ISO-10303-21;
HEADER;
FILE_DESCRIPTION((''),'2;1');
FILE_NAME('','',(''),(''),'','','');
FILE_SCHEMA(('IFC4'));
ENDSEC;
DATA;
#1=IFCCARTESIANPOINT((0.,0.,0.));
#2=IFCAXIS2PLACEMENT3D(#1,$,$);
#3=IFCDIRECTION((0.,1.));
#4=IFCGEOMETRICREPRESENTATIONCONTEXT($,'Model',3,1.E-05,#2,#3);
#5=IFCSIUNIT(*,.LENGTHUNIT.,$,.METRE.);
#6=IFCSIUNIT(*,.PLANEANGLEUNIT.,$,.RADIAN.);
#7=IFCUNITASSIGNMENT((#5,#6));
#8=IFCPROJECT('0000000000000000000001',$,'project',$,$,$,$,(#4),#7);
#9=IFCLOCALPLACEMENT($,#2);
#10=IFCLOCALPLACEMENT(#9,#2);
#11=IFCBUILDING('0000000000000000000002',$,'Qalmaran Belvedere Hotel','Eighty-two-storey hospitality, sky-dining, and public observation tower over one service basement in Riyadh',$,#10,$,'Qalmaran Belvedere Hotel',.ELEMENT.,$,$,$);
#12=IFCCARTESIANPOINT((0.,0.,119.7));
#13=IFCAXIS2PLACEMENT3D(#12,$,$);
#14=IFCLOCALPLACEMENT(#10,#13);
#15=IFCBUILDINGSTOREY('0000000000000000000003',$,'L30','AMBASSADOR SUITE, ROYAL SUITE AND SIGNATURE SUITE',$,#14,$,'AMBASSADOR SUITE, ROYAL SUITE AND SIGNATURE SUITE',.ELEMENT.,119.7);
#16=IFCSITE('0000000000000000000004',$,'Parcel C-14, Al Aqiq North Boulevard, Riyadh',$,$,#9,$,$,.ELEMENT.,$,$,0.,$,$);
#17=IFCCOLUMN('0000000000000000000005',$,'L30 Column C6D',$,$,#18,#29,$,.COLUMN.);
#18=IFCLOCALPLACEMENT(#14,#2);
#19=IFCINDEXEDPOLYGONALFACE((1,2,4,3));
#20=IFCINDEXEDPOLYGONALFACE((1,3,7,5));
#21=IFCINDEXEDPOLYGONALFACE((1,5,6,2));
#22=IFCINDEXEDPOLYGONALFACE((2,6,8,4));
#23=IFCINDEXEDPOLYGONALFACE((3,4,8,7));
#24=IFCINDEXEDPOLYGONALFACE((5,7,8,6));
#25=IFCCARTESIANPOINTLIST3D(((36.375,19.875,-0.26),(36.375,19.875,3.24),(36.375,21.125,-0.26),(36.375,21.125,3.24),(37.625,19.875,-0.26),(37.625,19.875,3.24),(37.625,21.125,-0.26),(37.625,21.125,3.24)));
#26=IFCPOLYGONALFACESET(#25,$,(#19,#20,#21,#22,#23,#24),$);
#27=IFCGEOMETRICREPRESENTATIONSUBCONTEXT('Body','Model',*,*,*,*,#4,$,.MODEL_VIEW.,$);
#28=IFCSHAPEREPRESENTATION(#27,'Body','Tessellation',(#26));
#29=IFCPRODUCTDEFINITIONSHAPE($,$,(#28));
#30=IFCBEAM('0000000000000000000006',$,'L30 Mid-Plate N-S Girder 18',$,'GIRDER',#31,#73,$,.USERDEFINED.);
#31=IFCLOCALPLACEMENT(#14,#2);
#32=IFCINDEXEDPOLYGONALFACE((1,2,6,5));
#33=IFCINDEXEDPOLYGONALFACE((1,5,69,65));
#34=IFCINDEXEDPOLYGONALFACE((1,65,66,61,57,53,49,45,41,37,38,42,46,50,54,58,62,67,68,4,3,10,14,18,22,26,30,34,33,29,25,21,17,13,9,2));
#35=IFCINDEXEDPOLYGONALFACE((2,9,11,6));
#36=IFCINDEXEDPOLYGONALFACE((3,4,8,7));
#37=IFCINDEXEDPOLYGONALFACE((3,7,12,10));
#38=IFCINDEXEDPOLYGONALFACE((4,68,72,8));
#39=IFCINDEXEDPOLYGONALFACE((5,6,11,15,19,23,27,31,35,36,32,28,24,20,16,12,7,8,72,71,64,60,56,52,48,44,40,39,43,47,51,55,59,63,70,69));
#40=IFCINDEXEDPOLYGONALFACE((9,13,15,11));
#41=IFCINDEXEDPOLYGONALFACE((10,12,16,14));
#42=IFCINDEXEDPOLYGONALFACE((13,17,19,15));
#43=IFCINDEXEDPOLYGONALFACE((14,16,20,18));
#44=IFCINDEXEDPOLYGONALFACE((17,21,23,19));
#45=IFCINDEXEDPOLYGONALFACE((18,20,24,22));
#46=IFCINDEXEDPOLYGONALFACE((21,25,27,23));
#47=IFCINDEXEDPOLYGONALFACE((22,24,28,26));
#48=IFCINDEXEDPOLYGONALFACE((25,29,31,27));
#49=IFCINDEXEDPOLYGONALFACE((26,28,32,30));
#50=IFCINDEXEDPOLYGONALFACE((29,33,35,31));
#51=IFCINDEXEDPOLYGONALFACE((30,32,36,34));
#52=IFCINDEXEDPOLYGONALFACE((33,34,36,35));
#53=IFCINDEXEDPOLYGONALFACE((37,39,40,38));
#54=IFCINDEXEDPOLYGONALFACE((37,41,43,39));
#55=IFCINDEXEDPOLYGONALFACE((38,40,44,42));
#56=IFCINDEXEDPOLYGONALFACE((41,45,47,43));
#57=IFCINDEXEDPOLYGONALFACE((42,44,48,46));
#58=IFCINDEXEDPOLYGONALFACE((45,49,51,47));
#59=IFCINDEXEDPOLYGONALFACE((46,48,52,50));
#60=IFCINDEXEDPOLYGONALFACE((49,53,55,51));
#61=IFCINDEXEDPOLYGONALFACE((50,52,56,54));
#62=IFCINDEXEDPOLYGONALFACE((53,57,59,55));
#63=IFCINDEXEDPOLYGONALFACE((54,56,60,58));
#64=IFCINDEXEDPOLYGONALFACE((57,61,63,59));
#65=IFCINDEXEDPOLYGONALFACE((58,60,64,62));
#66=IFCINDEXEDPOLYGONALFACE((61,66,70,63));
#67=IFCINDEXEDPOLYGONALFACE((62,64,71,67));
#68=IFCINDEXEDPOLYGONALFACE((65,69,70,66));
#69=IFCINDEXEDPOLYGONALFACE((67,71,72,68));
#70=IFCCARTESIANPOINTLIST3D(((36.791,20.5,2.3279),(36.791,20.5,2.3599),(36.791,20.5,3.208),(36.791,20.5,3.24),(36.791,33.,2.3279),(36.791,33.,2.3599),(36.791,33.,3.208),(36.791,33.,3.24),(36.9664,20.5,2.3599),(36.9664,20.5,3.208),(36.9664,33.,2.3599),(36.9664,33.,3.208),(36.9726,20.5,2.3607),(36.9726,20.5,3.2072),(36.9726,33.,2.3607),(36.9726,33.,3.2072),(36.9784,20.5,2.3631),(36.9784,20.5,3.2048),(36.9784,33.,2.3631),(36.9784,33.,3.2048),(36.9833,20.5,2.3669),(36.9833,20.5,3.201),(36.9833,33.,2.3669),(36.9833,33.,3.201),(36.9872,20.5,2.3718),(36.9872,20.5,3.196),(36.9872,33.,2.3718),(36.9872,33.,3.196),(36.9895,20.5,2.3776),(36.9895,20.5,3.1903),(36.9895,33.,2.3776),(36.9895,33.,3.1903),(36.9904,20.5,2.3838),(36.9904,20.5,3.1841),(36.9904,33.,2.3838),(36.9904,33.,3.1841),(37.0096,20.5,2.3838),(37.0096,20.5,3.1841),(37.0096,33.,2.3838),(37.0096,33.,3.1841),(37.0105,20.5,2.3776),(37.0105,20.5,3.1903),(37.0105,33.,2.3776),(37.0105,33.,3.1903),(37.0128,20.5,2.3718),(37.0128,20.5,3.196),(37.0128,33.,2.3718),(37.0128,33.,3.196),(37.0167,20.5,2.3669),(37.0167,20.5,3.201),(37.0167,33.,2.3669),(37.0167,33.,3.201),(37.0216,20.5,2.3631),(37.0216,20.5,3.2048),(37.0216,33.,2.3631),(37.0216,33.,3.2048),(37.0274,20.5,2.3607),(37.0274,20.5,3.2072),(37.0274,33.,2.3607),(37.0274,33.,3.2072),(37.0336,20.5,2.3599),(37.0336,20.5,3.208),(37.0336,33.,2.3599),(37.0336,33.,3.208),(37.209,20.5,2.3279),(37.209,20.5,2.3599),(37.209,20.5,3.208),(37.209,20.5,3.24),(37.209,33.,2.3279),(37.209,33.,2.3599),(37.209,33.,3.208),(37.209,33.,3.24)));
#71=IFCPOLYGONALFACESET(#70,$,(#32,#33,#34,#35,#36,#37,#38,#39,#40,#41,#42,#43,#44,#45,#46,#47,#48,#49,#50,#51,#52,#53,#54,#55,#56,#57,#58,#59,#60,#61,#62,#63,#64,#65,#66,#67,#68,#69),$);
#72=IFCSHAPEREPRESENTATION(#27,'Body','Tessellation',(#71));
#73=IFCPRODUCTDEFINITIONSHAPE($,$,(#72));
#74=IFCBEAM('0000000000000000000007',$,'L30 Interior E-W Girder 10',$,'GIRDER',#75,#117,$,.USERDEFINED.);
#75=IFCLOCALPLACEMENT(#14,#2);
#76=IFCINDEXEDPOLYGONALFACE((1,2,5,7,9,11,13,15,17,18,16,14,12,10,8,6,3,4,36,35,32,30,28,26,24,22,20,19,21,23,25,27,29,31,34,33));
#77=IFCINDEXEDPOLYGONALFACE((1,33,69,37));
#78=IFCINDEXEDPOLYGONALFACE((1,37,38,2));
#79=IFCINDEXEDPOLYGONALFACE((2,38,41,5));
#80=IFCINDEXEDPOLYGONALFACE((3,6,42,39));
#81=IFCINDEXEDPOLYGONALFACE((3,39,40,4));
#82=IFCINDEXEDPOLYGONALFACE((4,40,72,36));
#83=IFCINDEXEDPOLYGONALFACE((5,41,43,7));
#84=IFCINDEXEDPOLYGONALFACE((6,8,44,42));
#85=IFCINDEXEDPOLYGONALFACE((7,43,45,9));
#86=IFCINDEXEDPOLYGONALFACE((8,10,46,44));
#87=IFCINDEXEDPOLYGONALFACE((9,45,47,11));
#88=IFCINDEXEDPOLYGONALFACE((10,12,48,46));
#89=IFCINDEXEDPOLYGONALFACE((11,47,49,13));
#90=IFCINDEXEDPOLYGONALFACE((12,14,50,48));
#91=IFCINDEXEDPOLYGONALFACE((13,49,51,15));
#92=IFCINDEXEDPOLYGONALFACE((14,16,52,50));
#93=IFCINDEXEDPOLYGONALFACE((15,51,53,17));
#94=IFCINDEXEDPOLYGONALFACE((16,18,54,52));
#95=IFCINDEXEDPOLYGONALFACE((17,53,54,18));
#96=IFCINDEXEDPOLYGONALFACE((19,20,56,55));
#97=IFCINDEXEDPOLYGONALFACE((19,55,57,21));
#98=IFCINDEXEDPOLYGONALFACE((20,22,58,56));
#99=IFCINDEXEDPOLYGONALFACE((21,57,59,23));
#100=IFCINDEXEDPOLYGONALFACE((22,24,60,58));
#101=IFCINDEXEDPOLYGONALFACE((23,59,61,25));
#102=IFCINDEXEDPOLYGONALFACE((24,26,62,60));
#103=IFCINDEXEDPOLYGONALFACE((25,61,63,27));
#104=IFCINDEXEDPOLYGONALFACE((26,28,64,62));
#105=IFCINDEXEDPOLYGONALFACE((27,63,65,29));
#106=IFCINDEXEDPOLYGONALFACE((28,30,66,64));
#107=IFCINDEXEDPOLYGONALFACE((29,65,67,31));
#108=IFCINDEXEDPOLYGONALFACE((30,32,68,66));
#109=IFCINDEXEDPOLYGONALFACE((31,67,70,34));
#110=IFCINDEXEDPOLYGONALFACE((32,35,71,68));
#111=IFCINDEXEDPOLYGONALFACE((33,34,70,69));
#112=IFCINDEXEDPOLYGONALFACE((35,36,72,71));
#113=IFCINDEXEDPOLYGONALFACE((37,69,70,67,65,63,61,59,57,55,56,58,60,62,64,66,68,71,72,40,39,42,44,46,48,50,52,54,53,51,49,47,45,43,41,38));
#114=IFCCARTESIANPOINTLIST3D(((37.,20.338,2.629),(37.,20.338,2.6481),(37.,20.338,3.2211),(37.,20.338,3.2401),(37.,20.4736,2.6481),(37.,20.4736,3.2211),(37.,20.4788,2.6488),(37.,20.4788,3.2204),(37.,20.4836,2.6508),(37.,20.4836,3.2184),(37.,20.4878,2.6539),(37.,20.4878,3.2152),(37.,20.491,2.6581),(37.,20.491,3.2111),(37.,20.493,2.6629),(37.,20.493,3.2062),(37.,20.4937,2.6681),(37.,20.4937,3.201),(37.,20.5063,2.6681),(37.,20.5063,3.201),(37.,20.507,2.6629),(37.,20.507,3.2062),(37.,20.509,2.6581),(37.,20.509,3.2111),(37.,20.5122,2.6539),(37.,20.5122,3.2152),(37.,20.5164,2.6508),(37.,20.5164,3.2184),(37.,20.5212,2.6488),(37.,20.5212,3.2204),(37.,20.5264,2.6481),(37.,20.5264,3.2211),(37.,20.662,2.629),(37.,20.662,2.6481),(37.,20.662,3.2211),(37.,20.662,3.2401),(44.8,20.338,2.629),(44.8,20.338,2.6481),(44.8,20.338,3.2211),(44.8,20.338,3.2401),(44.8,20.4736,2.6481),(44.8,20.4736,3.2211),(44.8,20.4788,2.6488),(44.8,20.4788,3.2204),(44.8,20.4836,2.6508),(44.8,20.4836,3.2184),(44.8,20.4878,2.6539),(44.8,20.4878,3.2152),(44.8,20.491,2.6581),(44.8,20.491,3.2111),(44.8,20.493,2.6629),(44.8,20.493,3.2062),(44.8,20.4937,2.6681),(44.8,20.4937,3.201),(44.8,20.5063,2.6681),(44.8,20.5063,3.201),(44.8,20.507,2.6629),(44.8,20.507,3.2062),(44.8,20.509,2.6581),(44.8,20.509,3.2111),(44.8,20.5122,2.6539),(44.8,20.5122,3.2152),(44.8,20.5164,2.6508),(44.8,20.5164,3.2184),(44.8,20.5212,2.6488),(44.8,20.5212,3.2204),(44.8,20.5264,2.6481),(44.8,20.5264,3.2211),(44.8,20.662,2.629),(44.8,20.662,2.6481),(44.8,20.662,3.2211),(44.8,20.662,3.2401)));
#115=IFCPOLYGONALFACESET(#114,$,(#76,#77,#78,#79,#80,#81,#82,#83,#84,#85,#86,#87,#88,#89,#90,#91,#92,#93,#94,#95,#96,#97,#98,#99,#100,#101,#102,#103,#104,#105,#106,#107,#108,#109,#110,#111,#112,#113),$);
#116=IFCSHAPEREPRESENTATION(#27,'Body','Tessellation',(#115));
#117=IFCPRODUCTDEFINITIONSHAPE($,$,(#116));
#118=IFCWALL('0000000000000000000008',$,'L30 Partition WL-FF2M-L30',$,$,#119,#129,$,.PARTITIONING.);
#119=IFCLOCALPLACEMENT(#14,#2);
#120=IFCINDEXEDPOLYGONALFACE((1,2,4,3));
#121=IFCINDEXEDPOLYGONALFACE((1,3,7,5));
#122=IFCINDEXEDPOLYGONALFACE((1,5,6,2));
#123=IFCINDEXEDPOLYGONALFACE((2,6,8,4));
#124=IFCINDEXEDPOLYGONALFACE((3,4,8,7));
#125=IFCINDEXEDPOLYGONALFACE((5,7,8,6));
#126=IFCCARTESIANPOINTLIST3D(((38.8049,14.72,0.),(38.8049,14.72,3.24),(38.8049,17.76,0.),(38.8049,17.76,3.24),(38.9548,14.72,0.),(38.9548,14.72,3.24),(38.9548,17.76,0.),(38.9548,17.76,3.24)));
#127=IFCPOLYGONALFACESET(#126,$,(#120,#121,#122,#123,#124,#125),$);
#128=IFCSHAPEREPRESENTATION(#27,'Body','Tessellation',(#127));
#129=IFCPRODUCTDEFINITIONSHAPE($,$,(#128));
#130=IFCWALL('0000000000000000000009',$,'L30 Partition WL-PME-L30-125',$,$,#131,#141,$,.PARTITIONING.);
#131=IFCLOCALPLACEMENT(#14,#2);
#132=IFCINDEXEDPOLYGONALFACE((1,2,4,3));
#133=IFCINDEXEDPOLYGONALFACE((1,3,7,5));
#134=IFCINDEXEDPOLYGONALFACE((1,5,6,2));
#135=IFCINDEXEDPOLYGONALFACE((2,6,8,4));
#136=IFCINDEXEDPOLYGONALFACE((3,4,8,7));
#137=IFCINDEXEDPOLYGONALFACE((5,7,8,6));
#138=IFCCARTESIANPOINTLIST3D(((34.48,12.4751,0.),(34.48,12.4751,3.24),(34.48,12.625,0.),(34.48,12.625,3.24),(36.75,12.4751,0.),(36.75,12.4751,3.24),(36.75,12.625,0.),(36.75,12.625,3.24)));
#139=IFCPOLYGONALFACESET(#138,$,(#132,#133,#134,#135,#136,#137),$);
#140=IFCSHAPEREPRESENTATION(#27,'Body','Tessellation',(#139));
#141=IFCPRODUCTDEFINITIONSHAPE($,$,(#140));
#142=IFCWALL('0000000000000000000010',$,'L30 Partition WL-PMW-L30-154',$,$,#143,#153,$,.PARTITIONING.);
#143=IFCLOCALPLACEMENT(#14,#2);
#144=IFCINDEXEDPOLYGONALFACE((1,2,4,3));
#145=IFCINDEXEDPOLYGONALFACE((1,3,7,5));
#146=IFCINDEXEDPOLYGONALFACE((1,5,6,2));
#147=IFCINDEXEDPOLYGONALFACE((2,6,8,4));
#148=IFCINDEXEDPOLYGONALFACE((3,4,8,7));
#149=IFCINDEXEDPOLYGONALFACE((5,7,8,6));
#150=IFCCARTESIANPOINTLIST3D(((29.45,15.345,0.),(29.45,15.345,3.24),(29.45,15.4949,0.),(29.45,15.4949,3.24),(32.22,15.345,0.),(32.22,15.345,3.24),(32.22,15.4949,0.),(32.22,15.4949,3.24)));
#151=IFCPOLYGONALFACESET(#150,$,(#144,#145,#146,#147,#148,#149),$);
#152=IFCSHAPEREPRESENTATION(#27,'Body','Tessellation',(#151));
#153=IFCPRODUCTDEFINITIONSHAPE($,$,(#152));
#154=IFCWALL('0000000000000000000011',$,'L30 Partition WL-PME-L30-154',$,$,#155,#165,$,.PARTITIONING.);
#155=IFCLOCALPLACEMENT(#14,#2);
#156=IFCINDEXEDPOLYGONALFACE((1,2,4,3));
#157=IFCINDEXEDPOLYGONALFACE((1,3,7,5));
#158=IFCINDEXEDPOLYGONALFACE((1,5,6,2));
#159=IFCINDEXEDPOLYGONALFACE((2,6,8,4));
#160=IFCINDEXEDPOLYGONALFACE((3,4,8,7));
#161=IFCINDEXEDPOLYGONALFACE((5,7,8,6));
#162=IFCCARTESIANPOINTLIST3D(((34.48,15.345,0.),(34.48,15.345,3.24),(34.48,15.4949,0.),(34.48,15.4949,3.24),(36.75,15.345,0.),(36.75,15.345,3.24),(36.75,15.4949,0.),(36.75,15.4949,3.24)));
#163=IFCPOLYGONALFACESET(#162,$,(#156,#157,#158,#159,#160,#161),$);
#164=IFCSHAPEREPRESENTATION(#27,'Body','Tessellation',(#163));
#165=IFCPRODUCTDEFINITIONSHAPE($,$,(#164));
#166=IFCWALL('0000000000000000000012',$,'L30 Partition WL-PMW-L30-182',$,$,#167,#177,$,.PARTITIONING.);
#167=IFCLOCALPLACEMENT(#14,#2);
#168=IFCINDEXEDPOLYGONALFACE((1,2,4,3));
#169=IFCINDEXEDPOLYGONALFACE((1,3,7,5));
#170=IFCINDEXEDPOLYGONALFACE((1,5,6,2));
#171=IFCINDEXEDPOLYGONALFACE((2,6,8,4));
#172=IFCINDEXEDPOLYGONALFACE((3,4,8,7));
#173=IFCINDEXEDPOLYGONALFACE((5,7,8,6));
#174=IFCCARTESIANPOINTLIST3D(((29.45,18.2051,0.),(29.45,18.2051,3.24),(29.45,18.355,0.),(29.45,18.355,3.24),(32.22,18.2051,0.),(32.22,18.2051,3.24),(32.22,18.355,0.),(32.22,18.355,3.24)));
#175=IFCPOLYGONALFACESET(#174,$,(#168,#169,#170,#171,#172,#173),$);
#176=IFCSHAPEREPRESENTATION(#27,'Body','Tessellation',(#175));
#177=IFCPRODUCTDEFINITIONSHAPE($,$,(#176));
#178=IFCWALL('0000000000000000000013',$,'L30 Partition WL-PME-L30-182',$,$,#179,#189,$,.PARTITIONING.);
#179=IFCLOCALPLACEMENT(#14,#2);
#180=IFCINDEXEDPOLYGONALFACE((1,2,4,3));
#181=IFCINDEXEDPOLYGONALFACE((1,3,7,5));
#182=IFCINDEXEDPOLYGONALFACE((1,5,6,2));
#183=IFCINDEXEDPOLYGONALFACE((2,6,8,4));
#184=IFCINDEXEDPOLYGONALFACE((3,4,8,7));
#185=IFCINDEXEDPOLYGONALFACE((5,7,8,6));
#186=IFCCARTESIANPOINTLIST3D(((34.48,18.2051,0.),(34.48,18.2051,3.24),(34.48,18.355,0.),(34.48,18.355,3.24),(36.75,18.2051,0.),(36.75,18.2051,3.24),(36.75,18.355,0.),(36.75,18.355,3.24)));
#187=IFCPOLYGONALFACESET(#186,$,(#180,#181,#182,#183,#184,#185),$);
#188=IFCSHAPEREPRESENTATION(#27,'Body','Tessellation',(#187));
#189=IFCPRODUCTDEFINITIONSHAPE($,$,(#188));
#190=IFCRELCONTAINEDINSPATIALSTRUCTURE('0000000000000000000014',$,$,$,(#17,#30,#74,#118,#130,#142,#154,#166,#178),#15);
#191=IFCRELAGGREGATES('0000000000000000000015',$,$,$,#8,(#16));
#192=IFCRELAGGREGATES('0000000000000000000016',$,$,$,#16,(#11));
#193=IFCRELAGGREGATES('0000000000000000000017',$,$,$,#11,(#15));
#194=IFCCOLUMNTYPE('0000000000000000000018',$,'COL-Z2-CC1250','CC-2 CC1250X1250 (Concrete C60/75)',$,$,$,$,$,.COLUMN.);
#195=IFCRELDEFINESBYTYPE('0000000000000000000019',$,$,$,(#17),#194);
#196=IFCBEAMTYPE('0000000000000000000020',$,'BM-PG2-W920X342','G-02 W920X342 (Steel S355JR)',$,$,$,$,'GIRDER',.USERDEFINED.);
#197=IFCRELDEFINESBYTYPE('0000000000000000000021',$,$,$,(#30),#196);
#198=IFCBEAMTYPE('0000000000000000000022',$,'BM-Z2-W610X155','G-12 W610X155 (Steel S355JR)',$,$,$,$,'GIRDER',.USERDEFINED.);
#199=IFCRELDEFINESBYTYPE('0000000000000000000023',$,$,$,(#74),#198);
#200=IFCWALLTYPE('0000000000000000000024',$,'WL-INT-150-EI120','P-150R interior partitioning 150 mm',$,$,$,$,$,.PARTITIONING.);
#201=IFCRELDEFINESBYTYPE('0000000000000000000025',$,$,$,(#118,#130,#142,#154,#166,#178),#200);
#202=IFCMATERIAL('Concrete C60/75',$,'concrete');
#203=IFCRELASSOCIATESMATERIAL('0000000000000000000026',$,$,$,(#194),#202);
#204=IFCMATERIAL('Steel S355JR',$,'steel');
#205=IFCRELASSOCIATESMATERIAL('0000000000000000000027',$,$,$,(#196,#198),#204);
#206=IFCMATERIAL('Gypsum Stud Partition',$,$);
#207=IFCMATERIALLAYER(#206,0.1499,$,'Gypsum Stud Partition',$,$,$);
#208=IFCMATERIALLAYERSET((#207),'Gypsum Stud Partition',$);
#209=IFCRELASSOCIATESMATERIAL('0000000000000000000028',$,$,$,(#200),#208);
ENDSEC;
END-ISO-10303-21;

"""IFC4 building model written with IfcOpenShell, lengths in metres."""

from ifc_helpers import new_model, si_unit, direction, frame, frame_2d, origin, origin_2d, place, context, subcontext, project, spatial, rectangle, i_section, extrude, material, layer, layer_set, material_profile, profile_set, type_object, element, save


model = new_model("IFC4")

# Units and contexts
model_context = context("Model", 3, precision=1e-05, world=origin(), true_north=direction((0.0, 1.0)))
body_context = subcontext(model_context, "Body", "Model", "MODEL_VIEW")
ifc_project = project(units=[si_unit("LENGTHUNIT", "METRE"), si_unit("PLANEANGLEUNIT", "RADIAN")], contexts=[model_context])

# Site, building, storey
site_placement = place(None, origin())
site = spatial("IfcSite", under=ifc_project, at=site_placement, Name="Parcel C-14, Al Aqiq North Boulevard, Riyadh", CompositionType="ELEMENT", RefElevation=0.0)
building_placement = place(site_placement, origin())
building = spatial("IfcBuilding", under=site, at=building_placement, Name="Qalmaran Belvedere Hotel", Description="Eighty-two-storey hospitality, sky-dining, and public observation tower over one service basement in Riyadh", LongName="Qalmaran Belvedere Hotel", CompositionType="ELEMENT")
storey_placement = place(building_placement, frame((0.0, 0.0, 119.7)))
storey = spatial("IfcBuildingStorey", under=building, at=storey_placement, Name="L30", Description="AMBASSADOR SUITE, ROYAL SUITE AND SIGNATURE SUITE", LongName="AMBASSADOR SUITE, ROYAL SUITE AND SIGNATURE SUITE", CompositionType="ELEMENT", Elevation=119.7)

# Column
ifc_material_1 = material(Name="Concrete C60/75", Category="concrete")
ifc_material_profile_1 = material_profile(ifc_material_1, rectangle(XDim=1.25, YDim=1.25, at=origin_2d()), Name="CC1250X1250")
ifc_profile_set_1 = profile_set([ifc_material_profile_1], Name="Concrete C60/75")
column_type = type_object("IfcColumnType", Name="COL-Z2-CC1250", Description="CC-2 CC1250X1250 (Concrete C60/75)", PredefinedType="COLUMN", material=ifc_profile_set_1)
column_placement = place(storey_placement, frame((37.0, 20.5, -0.26), z_axis=(0.0, 0.0, 1.0), x_axis=(1.0, 0.0, 0.0)))
element("IfcColumn", 1, at=column_placement, inside=storey, type_object=column_type, Name="L30 Column C6D", PredefinedType="COLUMN", context=body_context, shape_type="SweptSolid", body=[
    extrude(rectangle(XDim=1.25, YDim=1.25, at=origin_2d()), origin(), (0.0, 0.0, 1.0), 3.5),
])

# Beams
ifc_material_2 = material(Name="Steel S355JR", Category="steel")
ifc_material_profile_2 = material_profile(ifc_material_2, i_section(OverallWidth=0.418, OverallDepth=0.9121, WebThickness=0.0193, FlangeThickness=0.032, FilletRadius=0.0239, at=origin_2d()), Name="W920X342")
ifc_profile_set_2 = profile_set([ifc_material_profile_2], Name="Steel S355JR")
beam_type_1 = type_object("IfcBeamType", Name="BM-PG2-W920X342", Description="G-02 W920X342 (Steel S355JR)", ElementType="GIRDER", PredefinedType="USERDEFINED", material=ifc_profile_set_2)
beam_1_placement = place(storey_placement, frame((37.0, 20.5, 2.7839), z_axis=(0.0, 1.0, 0.0), x_axis=(-1.0, 0.0, 0.0)))
element("IfcBeam", 2, at=beam_1_placement, inside=storey, type_object=beam_type_1, Name="L30 Mid-Plate N-S Girder 18", ObjectType="GIRDER", PredefinedType="USERDEFINED", context=body_context, shape_type="SweptSolid", body=[
    extrude(i_section(OverallWidth=0.418, OverallDepth=0.9121, WebThickness=0.0193, FlangeThickness=0.032, FilletRadius=0.0239, at=origin_2d()), origin(), (0.0, 0.0, 1.0), 12.5),
])
ifc_material_profile_3 = material_profile(ifc_material_2, i_section(OverallWidth=0.324, OverallDepth=0.6111, WebThickness=0.0127, FlangeThickness=0.019, FilletRadius=0.02, at=origin_2d()), Name="W610X155")
ifc_profile_set_3 = profile_set([ifc_material_profile_3], Name="Steel S355JR")
beam_type_2 = type_object("IfcBeamType", Name="BM-Z2-W610X155", Description="G-12 W610X155 (Steel S355JR)", ElementType="GIRDER", PredefinedType="USERDEFINED", material=ifc_profile_set_3)
beam_2_placement = place(storey_placement, frame((37.0, 20.5, 2.9346), z_axis=(1.0, 0.0, 0.0), x_axis=(0.0, 1.0, 0.0)))
element("IfcBeam", 3, at=beam_2_placement, inside=storey, type_object=beam_type_2, Name="L30 Interior E-W Girder 10", ObjectType="GIRDER", PredefinedType="USERDEFINED", context=body_context, shape_type="SweptSolid", body=[
    extrude(i_section(OverallWidth=0.324, OverallDepth=0.6111, WebThickness=0.0127, FlangeThickness=0.019, FilletRadius=0.02, at=origin_2d()), origin(), (0.0, 0.0, 1.0), 7.8),
])

# Walls
ifc_material_3 = material(Name="Gypsum Stud Partition")
ifc_layer_1 = layer(ifc_material_3, 0.1499, Name="Gypsum Stud Partition")
ifc_layer_set_1 = layer_set([ifc_layer_1], Name="Gypsum Stud Partition")
wall_type_1 = type_object("IfcWallType", Name="WL-INT-150-EI120", Description="P-150R interior partitioning 150 mm", PredefinedType="PARTITIONING", material=ifc_layer_set_1)
wall_1_placement = place(storey_placement, frame((38.8799, 14.72, 0.0), z_axis=(0.0, 0.0, 1.0), x_axis=(0.0, 1.0, 0.0)))
element("IfcWall", 4, at=wall_1_placement, inside=storey, type_object=wall_type_1, Name="L30 Partition WL-FF2M-L30", PredefinedType="PARTITIONING", context=body_context, shape_type="SweptSolid", body=[
    extrude(rectangle(XDim=3.04, YDim=0.1499, at=frame_2d((1.52, 0.0))), origin(), (0.0, 0.0, 1.0), 3.24),
])
wall_2_placement = place(storey_placement, frame((34.48, 12.55, 0.0), z_axis=(0.0, 0.0, 1.0), x_axis=(1.0, 0.0, 0.0)))
element("IfcWall", 5, at=wall_2_placement, inside=storey, type_object=wall_type_1, Name="L30 Partition WL-PME-L30-125", PredefinedType="PARTITIONING", context=body_context, shape_type="SweptSolid", body=[
    extrude(rectangle(XDim=2.27, YDim=0.1499, at=frame_2d((1.135, 0.0))), origin(), (0.0, 0.0, 1.0), 3.24),
])
wall_3_placement = place(storey_placement, frame((29.45, 15.4199, 0.0), z_axis=(0.0, 0.0, 1.0), x_axis=(1.0, 0.0, 0.0)))
element("IfcWall", 6, at=wall_3_placement, inside=storey, type_object=wall_type_1, Name="L30 Partition WL-PMW-L30-154", PredefinedType="PARTITIONING", context=body_context, shape_type="SweptSolid", body=[
    extrude(rectangle(XDim=2.77, YDim=0.1499, at=frame_2d((1.385, 0.0))), origin(), (0.0, 0.0, 1.0), 3.24),
])
wall_4_placement = place(storey_placement, frame((34.48, 15.4199, 0.0), z_axis=(0.0, 0.0, 1.0), x_axis=(1.0, 0.0, 0.0)))
element("IfcWall", 7, at=wall_4_placement, inside=storey, type_object=wall_type_1, Name="L30 Partition WL-PME-L30-154", PredefinedType="PARTITIONING", context=body_context, shape_type="SweptSolid", body=[
    extrude(rectangle(XDim=2.27, YDim=0.1499, at=frame_2d((1.135, 0.0))), origin(), (0.0, 0.0, 1.0), 3.24),
])
wall_5_placement = place(storey_placement, frame((29.45, 18.28, 0.0), z_axis=(0.0, 0.0, 1.0), x_axis=(1.0, 0.0, 0.0)))
element("IfcWall", 8, at=wall_5_placement, inside=storey, type_object=wall_type_1, Name="L30 Partition WL-PMW-L30-182", PredefinedType="PARTITIONING", context=body_context, shape_type="SweptSolid", body=[
    extrude(rectangle(XDim=2.77, YDim=0.1499, at=frame_2d((1.385, 0.0))), origin(), (0.0, 0.0, 1.0), 3.24),
])
wall_6_placement = place(storey_placement, frame((34.48, 18.28, 0.0), z_axis=(0.0, 0.0, 1.0), x_axis=(1.0, 0.0, 0.0)))
element("IfcWall", 9, at=wall_6_placement, inside=storey, type_object=wall_type_1, Name="L30 Partition WL-PME-L30-182", PredefinedType="PARTITIONING", context=body_context, shape_type="SweptSolid", body=[
    extrude(rectangle(XDim=2.27, YDim=0.1499, at=frame_2d((1.135, 0.0))), origin(), (0.0, 0.0, 1.0), 3.24),
])

save(model, "model.ifc")
